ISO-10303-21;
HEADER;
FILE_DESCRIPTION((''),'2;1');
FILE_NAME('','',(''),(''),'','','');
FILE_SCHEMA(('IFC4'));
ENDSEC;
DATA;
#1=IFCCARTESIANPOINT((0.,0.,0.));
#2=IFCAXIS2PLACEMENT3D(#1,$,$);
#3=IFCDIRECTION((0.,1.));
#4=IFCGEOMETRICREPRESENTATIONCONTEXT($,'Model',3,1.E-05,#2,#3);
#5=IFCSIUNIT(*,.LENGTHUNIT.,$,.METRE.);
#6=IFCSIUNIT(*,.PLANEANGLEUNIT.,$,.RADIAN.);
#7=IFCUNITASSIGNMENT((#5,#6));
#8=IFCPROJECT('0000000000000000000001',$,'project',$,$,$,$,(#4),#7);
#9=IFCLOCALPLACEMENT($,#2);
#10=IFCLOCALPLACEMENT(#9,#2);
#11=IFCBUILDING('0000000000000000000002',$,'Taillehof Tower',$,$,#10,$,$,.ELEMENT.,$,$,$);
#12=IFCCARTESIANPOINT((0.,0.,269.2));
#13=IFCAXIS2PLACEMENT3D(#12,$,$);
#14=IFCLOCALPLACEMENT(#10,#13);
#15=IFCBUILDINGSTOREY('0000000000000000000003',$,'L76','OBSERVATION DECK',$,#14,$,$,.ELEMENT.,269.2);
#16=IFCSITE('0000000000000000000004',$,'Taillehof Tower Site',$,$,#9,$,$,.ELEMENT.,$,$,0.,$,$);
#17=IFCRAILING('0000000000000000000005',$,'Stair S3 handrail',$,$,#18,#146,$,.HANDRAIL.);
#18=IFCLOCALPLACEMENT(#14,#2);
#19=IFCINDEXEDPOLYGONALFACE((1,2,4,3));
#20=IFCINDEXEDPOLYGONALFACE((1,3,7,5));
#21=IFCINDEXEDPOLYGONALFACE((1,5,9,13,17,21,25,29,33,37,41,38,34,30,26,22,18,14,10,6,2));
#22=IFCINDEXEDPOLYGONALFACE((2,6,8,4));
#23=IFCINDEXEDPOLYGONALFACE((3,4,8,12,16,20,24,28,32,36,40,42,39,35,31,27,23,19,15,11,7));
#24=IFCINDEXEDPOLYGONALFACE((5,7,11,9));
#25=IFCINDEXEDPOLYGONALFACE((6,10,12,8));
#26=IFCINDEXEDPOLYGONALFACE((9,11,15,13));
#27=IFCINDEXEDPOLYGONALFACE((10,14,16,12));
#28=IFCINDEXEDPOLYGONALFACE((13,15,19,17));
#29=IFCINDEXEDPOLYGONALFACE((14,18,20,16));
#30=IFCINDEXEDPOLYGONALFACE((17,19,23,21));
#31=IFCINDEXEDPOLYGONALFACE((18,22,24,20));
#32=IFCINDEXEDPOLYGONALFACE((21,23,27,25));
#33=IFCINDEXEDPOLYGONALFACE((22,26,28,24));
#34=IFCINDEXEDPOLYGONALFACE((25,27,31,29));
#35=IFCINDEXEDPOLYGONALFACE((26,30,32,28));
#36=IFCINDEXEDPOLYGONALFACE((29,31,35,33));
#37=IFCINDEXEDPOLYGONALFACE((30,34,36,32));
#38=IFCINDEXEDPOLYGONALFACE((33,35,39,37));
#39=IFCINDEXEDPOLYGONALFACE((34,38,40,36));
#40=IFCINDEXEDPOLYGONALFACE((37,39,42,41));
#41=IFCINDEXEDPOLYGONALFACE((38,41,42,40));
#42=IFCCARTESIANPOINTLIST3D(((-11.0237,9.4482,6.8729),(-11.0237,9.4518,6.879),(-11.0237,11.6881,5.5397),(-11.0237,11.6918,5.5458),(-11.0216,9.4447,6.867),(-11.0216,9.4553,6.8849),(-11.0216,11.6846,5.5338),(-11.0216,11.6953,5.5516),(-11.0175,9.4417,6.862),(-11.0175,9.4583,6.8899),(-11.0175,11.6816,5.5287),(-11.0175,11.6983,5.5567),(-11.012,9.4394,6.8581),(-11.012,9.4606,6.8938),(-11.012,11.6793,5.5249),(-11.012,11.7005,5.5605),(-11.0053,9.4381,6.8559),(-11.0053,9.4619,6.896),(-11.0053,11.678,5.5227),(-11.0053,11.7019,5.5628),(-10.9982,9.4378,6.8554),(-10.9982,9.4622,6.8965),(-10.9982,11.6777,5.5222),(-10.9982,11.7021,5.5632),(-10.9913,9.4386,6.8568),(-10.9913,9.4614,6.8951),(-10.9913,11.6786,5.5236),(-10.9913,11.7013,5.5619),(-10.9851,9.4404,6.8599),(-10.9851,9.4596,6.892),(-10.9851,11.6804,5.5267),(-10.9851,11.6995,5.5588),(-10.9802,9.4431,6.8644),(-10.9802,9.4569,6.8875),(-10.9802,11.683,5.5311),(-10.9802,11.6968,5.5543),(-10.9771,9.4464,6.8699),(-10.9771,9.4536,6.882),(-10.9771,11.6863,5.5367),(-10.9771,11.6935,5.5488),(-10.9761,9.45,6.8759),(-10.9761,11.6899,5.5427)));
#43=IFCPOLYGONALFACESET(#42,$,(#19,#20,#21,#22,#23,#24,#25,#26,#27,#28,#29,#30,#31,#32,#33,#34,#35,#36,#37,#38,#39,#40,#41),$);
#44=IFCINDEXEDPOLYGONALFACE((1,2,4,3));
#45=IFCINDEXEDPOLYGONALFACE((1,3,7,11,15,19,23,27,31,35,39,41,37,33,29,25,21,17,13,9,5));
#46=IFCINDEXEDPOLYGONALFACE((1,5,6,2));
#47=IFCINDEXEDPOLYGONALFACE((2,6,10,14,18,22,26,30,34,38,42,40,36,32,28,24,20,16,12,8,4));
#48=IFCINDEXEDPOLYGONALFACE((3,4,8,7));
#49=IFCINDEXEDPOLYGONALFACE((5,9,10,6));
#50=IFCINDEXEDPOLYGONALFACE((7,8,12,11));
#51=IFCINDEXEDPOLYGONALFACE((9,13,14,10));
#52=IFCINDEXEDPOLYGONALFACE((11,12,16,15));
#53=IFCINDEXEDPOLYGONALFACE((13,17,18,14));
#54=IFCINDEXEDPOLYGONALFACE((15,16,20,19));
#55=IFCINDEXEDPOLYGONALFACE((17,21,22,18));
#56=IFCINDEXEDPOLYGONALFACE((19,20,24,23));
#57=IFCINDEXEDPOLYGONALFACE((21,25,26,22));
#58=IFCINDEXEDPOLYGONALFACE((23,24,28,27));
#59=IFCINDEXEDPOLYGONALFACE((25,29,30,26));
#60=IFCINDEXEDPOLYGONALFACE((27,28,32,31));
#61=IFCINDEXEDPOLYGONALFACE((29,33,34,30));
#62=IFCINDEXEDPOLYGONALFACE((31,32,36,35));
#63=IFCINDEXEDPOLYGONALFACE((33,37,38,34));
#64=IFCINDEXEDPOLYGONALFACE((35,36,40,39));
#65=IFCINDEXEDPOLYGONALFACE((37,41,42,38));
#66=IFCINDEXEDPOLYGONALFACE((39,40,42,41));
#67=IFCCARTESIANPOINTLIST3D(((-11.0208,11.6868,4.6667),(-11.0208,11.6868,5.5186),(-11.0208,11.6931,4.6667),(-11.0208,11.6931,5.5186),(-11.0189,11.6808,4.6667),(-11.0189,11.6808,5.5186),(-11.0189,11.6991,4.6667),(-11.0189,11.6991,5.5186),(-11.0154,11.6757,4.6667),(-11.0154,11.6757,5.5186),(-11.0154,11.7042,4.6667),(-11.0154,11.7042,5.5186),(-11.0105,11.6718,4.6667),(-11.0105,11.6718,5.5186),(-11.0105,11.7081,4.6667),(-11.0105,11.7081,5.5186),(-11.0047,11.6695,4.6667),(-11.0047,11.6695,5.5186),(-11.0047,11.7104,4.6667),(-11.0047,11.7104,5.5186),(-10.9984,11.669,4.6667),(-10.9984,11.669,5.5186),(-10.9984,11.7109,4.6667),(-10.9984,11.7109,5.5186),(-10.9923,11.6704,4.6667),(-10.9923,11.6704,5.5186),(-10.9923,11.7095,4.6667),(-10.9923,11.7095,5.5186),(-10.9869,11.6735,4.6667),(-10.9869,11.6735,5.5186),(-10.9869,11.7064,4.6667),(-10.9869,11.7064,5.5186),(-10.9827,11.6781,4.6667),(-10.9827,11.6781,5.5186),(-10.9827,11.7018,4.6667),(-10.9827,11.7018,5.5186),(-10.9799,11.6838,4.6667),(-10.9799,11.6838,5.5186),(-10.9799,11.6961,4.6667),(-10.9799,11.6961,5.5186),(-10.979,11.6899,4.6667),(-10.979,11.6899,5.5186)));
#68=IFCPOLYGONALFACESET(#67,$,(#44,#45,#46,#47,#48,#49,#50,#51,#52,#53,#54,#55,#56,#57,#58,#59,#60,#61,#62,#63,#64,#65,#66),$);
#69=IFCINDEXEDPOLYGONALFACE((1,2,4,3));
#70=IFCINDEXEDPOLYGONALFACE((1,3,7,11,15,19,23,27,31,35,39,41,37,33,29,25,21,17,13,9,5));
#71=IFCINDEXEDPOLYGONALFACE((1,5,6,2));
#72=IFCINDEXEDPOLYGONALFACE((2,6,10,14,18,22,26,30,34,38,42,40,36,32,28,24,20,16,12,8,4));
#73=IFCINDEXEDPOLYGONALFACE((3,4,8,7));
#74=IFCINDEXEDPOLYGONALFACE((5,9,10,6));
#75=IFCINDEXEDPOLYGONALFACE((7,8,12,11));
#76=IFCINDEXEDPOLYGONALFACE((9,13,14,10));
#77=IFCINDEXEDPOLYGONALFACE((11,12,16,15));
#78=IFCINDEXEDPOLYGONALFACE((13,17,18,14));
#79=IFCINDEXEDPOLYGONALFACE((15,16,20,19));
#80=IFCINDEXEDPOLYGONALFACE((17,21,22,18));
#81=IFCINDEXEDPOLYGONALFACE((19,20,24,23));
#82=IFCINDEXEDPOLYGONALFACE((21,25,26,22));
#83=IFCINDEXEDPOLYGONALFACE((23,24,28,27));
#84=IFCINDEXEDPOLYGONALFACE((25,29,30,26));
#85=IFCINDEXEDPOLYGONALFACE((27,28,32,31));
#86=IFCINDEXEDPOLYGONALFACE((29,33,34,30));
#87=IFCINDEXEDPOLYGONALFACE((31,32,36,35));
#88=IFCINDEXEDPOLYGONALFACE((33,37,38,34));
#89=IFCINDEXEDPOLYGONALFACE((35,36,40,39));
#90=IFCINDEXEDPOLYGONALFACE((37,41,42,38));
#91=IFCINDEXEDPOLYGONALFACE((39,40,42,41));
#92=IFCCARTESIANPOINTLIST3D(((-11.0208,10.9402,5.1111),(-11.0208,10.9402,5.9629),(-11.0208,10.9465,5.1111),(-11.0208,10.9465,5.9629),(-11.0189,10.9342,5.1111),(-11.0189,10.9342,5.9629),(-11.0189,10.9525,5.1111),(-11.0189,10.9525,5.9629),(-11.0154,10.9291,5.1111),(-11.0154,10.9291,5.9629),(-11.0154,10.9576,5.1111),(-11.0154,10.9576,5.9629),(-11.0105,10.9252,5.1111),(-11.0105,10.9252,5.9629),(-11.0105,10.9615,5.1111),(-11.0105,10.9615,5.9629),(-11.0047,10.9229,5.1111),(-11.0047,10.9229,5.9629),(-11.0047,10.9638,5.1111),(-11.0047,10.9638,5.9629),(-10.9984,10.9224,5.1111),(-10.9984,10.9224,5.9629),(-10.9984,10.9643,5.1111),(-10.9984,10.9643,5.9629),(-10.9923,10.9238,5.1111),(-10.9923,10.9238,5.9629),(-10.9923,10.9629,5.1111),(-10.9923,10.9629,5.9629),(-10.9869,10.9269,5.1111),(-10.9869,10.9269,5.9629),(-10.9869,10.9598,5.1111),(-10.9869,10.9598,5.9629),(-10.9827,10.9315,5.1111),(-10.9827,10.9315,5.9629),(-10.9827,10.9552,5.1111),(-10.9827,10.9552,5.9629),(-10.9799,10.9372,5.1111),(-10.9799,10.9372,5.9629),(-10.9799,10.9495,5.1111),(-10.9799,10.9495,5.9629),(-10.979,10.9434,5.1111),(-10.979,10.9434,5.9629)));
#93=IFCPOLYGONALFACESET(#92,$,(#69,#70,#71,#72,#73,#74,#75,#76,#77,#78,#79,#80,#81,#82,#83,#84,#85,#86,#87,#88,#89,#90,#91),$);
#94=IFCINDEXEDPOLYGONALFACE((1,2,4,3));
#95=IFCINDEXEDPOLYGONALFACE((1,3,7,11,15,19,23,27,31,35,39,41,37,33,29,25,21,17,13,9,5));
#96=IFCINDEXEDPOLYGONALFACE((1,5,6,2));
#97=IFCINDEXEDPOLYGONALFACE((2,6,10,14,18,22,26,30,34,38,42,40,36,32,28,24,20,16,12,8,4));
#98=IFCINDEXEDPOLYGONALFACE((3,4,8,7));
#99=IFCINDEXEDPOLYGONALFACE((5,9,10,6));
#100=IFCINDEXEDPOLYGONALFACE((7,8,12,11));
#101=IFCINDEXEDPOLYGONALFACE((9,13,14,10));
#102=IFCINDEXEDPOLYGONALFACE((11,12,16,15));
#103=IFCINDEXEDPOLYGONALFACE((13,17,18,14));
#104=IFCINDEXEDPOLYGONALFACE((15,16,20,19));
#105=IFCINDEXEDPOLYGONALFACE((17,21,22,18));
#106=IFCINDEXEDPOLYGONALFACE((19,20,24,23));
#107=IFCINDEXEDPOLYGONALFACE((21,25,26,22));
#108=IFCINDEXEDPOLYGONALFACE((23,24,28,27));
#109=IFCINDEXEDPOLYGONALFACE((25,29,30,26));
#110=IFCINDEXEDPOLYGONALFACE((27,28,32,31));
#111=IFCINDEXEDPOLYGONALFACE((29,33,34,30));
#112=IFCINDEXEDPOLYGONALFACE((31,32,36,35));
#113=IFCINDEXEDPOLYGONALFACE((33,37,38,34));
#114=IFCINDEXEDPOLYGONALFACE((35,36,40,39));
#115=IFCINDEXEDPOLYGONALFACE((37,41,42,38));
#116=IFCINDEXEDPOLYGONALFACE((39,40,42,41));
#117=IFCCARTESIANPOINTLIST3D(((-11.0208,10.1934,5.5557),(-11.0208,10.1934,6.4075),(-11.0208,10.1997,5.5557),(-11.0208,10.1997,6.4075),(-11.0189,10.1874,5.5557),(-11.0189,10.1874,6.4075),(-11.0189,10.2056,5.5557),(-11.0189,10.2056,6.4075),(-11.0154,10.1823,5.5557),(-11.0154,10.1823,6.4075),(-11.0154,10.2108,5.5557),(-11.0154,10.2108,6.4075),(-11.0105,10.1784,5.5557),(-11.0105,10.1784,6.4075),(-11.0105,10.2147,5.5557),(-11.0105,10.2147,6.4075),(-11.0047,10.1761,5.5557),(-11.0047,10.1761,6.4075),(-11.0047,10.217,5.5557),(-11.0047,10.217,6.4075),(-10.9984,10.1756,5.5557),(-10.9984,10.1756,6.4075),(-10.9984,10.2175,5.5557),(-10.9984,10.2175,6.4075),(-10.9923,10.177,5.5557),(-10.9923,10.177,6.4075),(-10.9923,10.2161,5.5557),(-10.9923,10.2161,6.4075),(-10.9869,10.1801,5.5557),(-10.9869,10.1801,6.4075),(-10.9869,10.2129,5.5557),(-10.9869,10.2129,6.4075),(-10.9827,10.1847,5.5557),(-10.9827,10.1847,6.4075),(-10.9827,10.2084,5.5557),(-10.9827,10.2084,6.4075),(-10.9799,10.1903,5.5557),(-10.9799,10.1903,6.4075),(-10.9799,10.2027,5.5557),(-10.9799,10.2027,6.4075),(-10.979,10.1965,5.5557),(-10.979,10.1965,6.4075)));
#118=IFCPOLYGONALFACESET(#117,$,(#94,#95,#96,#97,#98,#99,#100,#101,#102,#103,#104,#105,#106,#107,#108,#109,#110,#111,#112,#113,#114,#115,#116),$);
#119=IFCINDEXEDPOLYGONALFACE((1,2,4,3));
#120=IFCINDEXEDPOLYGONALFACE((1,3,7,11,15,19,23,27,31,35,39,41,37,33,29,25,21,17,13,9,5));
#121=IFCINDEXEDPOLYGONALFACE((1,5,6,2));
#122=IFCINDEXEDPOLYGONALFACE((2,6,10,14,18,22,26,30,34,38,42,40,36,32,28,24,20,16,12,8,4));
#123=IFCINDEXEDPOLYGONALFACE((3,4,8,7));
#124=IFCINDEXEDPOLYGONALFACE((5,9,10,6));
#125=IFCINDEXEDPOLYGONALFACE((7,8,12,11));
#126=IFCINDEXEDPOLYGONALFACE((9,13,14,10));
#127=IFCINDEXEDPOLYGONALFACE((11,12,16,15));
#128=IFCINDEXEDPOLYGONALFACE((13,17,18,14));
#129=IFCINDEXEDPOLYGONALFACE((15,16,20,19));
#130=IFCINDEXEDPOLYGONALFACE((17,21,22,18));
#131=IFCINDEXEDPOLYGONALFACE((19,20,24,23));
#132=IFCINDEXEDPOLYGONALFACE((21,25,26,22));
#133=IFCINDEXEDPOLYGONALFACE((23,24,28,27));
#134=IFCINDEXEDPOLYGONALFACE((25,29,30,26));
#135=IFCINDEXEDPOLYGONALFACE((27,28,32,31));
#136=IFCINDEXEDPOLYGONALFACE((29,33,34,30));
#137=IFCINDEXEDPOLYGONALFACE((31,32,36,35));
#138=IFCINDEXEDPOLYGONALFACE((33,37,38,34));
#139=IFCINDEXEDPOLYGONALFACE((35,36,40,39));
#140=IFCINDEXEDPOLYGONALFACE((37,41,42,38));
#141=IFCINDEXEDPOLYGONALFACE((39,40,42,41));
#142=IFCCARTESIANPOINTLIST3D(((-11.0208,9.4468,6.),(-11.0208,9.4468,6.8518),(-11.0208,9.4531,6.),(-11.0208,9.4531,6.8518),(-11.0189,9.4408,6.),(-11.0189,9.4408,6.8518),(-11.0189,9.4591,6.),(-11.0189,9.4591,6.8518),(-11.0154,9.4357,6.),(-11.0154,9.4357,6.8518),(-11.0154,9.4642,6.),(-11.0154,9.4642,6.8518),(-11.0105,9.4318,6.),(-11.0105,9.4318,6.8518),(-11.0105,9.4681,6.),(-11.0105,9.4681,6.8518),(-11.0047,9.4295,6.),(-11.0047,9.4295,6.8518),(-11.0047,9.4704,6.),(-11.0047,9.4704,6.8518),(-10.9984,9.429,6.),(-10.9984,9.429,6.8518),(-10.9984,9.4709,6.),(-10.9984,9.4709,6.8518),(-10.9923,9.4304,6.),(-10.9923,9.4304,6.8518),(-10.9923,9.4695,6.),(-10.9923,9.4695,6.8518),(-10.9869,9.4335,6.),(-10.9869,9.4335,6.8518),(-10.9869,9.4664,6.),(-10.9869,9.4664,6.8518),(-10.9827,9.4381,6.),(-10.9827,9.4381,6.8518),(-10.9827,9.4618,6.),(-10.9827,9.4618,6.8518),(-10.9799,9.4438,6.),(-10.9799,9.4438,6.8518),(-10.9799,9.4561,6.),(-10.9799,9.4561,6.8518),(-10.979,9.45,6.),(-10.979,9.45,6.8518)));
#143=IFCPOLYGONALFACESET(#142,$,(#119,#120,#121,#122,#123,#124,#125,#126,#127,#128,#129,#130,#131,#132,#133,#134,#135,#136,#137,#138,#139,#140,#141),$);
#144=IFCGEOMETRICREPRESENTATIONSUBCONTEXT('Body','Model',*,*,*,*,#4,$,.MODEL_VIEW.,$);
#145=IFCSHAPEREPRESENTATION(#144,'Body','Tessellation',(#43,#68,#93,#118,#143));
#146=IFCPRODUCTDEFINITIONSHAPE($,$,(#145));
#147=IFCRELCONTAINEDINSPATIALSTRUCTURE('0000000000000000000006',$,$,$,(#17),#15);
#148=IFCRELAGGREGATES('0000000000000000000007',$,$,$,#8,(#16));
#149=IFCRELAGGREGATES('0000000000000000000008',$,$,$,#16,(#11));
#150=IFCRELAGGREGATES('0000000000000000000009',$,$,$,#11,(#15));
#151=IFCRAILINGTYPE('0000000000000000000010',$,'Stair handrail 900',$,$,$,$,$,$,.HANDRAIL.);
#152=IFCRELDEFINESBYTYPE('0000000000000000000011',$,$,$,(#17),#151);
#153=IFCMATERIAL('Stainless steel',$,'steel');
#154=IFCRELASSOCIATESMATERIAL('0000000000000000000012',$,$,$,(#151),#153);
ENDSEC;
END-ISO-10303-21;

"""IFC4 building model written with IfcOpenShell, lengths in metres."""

from ifc_helpers import new_model, si_unit, direction, frame, origin, origin_2d, place, context, subcontext, project, spatial, circle, extrude, material, type_object, element, save


model = new_model("IFC4")

# Units and contexts
model_context = context("Model", 3, precision=1e-05, world=origin(), true_north=direction((0.0, 1.0)))
body_context = subcontext(model_context, "Body", "Model", "MODEL_VIEW")
ifc_project = project(units=[si_unit("LENGTHUNIT", "METRE"), si_unit("PLANEANGLEUNIT", "RADIAN")], contexts=[model_context])

# Site, building, storey
site_placement = place(None, origin())
site = spatial("IfcSite", under=ifc_project, at=site_placement, Name="Taillehof Tower Site", CompositionType="ELEMENT", RefElevation=0.0)
building_placement = place(site_placement, origin())
building = spatial("IfcBuilding", under=site, at=building_placement, Name="Taillehof Tower", CompositionType="ELEMENT")
storey_placement = place(building_placement, frame((0.0, 0.0, 269.2)))
storey = spatial("IfcBuildingStorey", under=building, at=storey_placement, Name="L76", Description="OBSERVATION DECK", CompositionType="ELEMENT", Elevation=269.2)

# Railing
ifc_material_1 = material(Name="Stainless steel", Category="steel")
railing_type_1 = type_object("IfcRailingType", Name="Stair handrail 900", PredefinedType="HANDRAIL", material=ifc_material_1)
railing_1_placement = place(storey_placement, frame((-11.0, 11.6899, 4.6667)))
element("IfcRailing", 1, at=railing_1_placement, inside=storey, type_object=railing_type_1, Name="Stair S3 handrail", PredefinedType="HANDRAIL", context=body_context, shape_type="SweptSolid", body=[
    extrude(circle(Radius=0.0239, at=origin_2d()), frame((0.0, 0.0, 0.876), z_axis=(0.0, -0.859306, 0.511462), x_axis=(1.0, 0.0, 0.0)), (0.0, 0.0, 1.0), 2.6067),
    extrude(circle(Radius=0.021, at=origin_2d()), origin(), (0.0, 0.0, 1.0), 0.8518),
    extrude(circle(Radius=0.021, at=origin_2d()), frame((0.0, -0.7466, 0.4443)), (0.0, 0.0, 1.0), 0.8518),
    extrude(circle(Radius=0.021, at=origin_2d()), frame((0.0, -1.4934, 0.8889)), (0.0, 0.0, 1.0), 0.8518),
    extrude(circle(Radius=0.021, at=origin_2d()), frame((0.0, -2.24, 1.3333)), (0.0, 0.0, 1.0), 0.8518),
])

save(model, "model.ifc")
